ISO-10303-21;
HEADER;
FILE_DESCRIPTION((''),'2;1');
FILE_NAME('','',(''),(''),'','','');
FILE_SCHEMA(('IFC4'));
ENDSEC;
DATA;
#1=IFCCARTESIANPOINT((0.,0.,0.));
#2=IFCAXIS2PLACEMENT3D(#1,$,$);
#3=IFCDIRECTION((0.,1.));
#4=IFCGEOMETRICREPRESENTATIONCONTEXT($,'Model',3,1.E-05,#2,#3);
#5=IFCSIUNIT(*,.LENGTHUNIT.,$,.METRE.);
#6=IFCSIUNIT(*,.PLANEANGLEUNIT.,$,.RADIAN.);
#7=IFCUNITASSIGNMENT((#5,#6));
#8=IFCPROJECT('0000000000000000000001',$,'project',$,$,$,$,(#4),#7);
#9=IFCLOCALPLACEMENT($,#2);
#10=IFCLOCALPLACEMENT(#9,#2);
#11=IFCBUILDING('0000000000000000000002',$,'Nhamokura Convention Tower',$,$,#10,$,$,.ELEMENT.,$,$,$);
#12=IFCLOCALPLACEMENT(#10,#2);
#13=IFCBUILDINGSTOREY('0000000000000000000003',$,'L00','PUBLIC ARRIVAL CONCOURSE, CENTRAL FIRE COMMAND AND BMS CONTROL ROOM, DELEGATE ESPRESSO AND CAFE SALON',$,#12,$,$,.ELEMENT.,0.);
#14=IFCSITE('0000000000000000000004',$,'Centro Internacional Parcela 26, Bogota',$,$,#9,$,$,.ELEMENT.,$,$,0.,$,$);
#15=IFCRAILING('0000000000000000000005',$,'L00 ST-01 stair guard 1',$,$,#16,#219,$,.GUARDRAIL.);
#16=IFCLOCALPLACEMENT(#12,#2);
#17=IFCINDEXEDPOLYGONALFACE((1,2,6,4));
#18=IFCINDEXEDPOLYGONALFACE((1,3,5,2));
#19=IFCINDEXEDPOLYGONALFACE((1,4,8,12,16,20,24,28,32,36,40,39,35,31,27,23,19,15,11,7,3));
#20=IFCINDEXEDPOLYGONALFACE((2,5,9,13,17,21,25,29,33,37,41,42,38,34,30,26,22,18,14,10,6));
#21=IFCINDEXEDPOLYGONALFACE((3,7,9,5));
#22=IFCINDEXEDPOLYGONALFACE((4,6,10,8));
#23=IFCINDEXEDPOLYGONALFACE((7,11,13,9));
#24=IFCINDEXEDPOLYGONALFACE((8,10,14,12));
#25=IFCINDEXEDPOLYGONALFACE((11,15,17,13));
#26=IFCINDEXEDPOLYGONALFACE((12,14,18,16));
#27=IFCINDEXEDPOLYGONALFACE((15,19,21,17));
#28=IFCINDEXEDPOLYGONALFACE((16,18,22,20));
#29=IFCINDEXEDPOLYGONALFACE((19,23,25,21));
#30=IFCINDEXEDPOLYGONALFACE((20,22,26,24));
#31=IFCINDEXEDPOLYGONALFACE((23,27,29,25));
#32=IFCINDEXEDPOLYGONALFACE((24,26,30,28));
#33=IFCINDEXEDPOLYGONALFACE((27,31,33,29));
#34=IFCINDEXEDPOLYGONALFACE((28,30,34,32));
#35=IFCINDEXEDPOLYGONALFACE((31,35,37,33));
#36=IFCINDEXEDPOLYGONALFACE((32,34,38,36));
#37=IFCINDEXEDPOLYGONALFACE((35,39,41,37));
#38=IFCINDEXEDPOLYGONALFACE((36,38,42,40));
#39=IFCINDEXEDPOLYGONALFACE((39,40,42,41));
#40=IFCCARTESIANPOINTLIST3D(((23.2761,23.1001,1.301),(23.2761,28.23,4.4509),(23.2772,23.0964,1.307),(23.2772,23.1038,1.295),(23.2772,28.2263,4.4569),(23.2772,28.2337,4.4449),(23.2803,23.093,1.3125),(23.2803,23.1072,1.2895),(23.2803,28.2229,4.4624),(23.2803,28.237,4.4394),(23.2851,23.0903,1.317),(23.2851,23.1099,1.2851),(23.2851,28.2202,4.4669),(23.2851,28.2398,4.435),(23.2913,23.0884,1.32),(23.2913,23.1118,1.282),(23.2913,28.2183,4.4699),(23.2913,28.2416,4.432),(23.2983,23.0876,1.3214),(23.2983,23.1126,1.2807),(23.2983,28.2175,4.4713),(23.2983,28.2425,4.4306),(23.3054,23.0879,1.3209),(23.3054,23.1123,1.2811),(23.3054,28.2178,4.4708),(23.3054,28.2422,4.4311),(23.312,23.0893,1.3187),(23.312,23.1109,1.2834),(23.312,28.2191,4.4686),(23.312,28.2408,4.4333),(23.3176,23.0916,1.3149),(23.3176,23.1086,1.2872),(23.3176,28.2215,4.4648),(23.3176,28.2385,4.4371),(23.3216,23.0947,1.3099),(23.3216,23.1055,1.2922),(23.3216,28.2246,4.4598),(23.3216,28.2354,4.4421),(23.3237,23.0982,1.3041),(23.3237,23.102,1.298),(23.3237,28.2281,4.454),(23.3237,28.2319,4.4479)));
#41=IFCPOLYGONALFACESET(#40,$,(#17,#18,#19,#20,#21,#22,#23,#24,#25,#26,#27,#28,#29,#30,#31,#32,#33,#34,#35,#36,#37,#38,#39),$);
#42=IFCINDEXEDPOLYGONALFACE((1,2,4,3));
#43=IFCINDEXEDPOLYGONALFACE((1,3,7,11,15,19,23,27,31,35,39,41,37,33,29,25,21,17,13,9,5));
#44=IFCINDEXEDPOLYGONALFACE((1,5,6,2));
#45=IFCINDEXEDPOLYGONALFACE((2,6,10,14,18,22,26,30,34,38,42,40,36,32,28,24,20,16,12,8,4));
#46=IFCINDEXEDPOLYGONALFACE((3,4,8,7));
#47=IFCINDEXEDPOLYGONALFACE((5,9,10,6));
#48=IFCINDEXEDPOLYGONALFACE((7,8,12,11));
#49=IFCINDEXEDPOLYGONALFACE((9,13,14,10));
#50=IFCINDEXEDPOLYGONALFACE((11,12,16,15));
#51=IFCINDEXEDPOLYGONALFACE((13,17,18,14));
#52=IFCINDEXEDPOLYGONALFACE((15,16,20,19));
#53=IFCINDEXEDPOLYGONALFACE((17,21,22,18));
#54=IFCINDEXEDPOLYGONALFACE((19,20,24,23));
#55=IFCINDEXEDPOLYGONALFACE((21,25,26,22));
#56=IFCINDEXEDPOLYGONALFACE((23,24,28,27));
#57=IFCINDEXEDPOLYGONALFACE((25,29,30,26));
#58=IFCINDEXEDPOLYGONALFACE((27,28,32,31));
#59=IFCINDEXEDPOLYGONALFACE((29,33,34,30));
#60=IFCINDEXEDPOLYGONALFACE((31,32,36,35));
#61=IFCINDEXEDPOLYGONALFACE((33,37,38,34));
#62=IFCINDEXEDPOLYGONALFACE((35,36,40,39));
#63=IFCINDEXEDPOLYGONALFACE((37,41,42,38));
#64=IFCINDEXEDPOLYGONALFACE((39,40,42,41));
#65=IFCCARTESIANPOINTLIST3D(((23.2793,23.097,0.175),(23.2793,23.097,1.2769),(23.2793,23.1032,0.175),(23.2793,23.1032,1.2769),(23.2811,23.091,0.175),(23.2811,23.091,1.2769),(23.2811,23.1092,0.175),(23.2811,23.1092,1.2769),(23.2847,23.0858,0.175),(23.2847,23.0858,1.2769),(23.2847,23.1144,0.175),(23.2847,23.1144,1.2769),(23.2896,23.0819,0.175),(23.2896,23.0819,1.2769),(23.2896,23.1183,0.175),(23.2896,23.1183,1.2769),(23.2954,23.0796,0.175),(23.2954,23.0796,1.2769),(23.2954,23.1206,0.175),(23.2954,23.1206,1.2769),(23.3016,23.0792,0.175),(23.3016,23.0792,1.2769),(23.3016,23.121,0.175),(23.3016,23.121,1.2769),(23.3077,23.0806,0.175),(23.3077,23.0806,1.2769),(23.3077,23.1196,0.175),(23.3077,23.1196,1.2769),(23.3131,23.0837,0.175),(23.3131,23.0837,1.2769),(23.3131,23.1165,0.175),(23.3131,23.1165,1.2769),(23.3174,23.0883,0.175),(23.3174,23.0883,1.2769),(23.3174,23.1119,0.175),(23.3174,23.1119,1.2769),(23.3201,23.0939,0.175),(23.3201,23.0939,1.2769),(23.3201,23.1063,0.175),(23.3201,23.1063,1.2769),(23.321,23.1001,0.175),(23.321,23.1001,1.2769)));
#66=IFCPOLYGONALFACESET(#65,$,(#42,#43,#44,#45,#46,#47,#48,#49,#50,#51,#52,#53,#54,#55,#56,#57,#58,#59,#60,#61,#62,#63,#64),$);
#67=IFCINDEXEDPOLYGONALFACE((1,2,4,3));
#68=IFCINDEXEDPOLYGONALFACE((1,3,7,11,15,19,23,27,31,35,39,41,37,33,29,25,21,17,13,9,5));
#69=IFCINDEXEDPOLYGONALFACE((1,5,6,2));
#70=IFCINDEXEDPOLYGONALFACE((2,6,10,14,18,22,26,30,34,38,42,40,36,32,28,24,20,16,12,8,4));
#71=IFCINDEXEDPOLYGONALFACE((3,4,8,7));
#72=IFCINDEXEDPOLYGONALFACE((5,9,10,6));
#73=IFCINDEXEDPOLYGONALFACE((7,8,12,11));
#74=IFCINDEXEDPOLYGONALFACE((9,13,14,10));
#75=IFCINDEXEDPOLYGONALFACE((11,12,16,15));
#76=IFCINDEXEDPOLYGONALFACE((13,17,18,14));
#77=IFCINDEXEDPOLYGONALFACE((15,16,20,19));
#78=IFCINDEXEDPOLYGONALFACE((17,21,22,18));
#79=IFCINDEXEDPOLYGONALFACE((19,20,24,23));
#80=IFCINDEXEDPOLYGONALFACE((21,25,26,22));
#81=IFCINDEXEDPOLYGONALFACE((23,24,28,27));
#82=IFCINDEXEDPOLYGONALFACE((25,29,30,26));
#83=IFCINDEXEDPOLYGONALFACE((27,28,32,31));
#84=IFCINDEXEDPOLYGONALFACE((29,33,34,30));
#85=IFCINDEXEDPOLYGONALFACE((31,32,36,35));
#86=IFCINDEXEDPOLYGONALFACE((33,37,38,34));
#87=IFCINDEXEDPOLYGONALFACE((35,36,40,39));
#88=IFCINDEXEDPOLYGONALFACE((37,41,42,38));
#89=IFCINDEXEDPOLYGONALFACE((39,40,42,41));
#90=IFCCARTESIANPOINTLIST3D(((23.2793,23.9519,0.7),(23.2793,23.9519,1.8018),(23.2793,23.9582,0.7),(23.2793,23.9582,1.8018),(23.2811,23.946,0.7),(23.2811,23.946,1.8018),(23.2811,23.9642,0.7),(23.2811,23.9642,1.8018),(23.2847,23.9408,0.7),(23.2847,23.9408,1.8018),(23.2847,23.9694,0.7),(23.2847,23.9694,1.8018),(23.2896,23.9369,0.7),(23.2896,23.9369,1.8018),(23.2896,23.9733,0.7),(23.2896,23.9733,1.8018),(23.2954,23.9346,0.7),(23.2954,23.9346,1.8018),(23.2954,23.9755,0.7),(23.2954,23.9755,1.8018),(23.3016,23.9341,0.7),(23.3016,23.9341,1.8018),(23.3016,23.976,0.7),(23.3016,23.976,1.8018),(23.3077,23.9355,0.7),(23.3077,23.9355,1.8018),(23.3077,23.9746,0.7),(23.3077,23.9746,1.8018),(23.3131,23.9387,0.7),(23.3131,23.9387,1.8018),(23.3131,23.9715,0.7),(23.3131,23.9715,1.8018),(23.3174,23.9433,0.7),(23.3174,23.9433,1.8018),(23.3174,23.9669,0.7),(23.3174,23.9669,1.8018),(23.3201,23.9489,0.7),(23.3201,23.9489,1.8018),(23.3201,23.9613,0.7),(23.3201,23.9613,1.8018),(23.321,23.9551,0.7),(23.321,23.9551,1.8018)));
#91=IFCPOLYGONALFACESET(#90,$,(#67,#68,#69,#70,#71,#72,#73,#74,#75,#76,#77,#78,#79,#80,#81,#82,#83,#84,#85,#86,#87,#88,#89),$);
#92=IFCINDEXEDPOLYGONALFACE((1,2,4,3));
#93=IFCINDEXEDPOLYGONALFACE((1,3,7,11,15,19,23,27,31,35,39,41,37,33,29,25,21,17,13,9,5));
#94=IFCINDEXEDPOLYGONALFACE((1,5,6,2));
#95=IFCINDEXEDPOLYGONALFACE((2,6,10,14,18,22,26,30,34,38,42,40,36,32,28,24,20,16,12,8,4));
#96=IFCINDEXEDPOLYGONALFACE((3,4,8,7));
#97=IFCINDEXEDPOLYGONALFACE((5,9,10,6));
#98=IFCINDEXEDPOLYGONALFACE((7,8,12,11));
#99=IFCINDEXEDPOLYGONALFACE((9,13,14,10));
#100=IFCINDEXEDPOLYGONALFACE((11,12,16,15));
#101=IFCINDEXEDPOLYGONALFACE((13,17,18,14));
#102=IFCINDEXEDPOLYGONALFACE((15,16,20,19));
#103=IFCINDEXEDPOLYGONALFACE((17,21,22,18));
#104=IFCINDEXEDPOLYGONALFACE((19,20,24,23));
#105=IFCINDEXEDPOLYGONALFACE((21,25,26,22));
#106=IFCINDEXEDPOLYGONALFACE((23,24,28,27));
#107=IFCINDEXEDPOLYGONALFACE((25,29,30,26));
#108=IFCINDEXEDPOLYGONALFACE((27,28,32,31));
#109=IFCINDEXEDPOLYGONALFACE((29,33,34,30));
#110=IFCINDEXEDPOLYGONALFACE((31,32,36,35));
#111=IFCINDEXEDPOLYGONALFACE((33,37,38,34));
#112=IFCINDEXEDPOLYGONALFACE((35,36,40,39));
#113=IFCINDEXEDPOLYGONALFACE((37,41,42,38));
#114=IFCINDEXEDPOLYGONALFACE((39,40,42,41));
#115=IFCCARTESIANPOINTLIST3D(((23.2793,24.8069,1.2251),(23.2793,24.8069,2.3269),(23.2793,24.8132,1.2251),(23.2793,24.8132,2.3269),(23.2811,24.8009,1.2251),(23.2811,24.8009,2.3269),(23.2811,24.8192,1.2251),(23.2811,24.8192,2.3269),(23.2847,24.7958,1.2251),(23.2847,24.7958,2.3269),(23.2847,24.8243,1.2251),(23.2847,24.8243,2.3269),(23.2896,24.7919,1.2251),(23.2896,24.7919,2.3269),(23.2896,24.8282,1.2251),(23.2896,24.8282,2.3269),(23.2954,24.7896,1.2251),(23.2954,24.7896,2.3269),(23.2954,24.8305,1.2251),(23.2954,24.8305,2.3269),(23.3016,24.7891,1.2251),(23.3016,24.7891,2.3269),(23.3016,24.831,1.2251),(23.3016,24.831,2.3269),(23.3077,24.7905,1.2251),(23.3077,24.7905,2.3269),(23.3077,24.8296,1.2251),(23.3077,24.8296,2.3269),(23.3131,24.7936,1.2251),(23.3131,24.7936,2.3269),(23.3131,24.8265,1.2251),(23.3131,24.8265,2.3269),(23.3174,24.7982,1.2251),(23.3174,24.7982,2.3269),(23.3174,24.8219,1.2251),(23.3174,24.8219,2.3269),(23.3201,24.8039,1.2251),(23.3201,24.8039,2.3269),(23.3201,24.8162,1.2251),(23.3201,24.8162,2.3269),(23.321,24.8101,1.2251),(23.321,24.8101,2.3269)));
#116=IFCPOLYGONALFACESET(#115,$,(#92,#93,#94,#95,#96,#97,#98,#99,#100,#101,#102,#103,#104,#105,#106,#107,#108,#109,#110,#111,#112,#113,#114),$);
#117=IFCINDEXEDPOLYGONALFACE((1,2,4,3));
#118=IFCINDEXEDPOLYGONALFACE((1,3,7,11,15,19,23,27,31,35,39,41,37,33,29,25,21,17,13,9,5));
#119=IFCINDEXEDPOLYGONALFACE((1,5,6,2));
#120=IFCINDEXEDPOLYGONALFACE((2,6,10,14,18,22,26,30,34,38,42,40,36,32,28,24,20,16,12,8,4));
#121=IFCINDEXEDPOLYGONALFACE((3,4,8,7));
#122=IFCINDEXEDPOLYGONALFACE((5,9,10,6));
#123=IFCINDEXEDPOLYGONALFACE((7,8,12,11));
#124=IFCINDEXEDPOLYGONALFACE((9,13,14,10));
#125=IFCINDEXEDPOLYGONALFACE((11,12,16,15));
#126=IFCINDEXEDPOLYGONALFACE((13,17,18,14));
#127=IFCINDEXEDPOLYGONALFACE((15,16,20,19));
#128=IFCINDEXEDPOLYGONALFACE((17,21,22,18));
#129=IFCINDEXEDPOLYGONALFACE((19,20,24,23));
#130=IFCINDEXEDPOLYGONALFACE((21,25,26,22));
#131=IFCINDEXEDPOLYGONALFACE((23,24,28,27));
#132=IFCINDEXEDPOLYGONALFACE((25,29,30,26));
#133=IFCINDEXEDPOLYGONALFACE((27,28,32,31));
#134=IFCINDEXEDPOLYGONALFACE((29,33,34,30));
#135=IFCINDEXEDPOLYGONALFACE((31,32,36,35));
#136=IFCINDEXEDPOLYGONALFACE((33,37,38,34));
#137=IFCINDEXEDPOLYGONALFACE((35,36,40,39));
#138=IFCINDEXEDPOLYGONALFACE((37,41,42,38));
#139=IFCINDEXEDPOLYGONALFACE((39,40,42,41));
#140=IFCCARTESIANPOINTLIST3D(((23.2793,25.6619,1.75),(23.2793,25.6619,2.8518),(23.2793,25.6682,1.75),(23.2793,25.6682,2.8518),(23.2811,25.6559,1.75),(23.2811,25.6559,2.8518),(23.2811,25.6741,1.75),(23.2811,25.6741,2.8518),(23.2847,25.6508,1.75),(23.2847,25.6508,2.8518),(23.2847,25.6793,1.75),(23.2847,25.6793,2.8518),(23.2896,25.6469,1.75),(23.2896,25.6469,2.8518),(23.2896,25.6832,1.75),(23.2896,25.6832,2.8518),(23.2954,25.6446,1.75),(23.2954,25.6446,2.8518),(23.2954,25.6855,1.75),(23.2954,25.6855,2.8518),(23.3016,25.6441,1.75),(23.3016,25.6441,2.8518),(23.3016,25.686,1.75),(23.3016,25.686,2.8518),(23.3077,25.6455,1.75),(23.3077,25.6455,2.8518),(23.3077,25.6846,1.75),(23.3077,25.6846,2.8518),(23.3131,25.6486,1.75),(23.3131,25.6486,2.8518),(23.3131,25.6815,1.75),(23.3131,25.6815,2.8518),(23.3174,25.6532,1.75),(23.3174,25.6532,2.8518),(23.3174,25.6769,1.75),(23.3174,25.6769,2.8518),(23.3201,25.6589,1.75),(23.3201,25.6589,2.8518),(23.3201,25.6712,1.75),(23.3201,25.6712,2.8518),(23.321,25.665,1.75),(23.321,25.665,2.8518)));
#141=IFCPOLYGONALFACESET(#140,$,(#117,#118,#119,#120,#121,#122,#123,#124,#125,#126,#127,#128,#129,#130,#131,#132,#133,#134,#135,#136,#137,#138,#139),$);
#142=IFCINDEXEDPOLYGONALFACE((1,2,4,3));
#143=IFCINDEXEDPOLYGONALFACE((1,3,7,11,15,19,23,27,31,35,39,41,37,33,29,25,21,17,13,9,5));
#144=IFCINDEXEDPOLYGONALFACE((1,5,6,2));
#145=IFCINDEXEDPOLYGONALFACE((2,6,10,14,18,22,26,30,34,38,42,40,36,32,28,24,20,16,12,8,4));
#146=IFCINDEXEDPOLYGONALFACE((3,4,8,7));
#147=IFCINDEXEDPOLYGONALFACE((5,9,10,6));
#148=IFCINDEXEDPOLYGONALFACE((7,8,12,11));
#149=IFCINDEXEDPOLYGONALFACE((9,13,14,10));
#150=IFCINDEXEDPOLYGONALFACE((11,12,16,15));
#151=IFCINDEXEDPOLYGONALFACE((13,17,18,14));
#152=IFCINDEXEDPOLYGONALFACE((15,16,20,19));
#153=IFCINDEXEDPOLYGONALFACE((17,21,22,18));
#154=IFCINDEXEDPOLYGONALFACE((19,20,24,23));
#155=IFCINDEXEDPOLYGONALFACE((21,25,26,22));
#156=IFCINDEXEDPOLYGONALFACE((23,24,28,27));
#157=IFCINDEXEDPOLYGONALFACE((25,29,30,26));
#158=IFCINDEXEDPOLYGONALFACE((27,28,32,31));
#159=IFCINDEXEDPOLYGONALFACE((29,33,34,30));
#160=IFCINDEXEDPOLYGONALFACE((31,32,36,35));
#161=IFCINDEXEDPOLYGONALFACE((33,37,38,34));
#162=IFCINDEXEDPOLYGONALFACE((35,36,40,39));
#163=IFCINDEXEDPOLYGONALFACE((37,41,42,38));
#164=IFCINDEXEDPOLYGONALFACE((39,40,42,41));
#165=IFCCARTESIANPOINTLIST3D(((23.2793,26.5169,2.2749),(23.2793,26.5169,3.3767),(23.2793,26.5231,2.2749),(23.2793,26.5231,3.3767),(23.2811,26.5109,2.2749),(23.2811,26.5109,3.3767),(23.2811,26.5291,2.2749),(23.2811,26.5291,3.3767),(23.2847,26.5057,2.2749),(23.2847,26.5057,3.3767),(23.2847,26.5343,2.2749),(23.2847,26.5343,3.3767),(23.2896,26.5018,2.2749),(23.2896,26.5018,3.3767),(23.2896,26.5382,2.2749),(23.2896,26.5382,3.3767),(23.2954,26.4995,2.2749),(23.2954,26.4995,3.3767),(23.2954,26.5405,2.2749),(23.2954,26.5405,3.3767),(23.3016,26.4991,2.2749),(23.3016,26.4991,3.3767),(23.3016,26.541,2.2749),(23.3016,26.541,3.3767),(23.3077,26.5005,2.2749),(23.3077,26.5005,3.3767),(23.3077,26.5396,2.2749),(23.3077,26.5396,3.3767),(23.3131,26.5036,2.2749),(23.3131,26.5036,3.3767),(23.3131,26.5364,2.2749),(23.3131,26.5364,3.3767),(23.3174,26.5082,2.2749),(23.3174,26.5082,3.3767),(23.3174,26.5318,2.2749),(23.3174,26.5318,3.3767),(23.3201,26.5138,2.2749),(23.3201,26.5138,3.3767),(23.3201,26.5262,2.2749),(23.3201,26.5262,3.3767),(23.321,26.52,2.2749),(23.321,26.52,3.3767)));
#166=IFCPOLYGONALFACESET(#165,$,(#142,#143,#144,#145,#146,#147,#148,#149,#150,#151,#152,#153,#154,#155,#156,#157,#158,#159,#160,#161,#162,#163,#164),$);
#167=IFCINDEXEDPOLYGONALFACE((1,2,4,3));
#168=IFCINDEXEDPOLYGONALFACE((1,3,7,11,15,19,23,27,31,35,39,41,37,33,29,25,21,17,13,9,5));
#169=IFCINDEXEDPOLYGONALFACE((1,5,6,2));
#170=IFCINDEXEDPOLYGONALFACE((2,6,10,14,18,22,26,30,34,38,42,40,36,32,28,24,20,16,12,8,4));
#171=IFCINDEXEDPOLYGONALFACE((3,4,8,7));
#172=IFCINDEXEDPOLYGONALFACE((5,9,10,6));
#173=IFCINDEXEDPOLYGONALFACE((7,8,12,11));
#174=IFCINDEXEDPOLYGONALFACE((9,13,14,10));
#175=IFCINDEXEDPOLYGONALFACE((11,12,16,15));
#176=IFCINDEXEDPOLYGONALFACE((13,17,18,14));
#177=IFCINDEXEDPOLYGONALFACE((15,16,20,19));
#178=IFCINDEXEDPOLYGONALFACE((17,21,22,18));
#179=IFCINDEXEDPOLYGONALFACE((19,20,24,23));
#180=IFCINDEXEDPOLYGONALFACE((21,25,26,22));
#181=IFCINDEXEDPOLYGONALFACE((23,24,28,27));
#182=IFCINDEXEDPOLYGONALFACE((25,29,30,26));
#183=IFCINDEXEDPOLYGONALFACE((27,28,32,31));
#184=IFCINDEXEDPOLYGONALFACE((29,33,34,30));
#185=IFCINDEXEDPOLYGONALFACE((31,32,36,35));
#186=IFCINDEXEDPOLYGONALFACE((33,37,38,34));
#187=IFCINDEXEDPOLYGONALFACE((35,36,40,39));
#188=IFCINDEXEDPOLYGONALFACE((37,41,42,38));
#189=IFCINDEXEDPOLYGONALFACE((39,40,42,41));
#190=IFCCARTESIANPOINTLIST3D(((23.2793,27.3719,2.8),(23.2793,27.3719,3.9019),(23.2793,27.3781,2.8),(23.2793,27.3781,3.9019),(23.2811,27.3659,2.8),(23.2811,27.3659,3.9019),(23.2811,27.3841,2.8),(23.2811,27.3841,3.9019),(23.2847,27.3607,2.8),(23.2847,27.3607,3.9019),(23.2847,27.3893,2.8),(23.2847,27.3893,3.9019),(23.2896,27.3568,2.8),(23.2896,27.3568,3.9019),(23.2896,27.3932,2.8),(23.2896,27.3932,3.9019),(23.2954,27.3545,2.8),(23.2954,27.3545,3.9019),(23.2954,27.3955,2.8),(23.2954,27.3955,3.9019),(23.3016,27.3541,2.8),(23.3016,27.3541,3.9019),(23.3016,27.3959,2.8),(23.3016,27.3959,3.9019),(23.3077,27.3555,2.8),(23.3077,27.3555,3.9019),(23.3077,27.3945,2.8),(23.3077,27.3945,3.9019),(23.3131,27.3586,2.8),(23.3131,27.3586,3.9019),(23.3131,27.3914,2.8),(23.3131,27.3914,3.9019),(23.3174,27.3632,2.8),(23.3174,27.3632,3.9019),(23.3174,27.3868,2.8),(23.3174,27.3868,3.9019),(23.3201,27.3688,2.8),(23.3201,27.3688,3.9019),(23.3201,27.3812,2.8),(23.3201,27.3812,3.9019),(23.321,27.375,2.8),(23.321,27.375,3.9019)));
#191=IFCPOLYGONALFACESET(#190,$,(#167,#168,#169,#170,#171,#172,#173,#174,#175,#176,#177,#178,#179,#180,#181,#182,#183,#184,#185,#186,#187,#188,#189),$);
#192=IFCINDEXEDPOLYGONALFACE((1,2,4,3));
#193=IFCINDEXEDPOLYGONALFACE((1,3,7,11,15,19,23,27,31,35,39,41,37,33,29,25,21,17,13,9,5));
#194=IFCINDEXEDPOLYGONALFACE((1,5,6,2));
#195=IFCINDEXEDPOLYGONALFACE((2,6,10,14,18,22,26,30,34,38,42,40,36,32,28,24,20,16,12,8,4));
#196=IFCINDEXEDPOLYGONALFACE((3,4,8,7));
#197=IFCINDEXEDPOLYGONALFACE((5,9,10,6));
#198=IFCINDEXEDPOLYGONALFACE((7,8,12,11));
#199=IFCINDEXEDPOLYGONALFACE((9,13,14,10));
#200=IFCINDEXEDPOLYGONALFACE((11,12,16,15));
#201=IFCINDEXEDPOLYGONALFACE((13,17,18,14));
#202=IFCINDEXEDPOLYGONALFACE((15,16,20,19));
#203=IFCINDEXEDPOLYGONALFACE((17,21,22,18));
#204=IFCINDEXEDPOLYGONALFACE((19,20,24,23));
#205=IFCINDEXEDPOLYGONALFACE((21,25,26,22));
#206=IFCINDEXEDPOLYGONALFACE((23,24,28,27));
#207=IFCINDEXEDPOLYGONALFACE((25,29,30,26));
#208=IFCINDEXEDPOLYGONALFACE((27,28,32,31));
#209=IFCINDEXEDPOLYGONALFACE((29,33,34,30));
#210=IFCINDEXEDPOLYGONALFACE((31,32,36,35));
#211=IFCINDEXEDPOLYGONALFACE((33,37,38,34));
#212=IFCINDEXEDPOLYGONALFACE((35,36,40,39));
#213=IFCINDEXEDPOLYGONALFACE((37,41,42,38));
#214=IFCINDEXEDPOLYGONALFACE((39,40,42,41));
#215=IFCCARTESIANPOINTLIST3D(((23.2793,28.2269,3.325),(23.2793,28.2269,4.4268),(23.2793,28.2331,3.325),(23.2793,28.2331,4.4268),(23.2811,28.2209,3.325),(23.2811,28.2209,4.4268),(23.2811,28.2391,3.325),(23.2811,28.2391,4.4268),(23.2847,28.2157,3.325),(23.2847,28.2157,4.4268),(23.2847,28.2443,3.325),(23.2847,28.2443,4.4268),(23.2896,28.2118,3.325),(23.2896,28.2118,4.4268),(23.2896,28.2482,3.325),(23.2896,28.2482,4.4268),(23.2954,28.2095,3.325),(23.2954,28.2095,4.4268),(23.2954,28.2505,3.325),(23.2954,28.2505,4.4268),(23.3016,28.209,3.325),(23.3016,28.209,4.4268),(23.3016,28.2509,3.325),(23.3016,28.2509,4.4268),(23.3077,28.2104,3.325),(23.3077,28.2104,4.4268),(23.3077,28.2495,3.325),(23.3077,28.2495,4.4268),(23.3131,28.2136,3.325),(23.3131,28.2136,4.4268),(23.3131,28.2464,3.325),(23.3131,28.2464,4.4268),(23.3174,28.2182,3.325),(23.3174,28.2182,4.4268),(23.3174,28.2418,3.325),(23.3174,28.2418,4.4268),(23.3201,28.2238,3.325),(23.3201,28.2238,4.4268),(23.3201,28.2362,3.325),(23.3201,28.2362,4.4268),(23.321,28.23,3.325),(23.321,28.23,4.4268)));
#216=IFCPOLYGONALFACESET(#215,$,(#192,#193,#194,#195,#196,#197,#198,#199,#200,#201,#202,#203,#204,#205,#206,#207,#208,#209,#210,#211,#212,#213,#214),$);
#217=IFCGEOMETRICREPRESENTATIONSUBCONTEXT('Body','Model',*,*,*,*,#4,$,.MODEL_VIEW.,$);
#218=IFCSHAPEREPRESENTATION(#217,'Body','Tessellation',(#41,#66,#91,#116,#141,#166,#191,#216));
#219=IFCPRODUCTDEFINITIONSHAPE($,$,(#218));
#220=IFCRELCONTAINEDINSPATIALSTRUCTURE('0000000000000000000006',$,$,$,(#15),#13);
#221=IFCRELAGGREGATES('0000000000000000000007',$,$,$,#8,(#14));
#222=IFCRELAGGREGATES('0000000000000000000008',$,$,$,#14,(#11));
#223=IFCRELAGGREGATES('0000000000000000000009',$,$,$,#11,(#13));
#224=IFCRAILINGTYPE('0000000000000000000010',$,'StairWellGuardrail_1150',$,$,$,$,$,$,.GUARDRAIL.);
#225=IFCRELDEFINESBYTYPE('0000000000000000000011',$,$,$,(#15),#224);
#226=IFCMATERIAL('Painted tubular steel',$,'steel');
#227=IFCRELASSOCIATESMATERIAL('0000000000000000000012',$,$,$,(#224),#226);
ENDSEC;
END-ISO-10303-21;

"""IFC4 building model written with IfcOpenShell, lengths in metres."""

from ifc_helpers import new_model, si_unit, direction, frame, origin, origin_2d, place, context, subcontext, project, spatial, circle, extrude, material, type_object, element, save


model = new_model("IFC4")

# Units and contexts
model_context = context("Model", 3, precision=1e-05, world=origin(), true_north=direction((0.0, 1.0)))
body_context = subcontext(model_context, "Body", "Model", "MODEL_VIEW")
ifc_project = project(units=[si_unit("LENGTHUNIT", "METRE"), si_unit("PLANEANGLEUNIT", "RADIAN")], contexts=[model_context])

# Site, building, storey
site_placement = place(None, origin())
site = spatial("IfcSite", under=ifc_project, at=site_placement, Name="Centro Internacional Parcela 26, Bogota", CompositionType="ELEMENT", RefElevation=0.0)
building_placement = place(site_placement, origin())
building = spatial("IfcBuilding", under=site, at=building_placement, Name="Nhamokura Convention Tower", CompositionType="ELEMENT")
storey_placement = place(building_placement, origin())
storey = spatial("IfcBuildingStorey", under=building, at=storey_placement, Name="L00", Description="PUBLIC ARRIVAL CONCOURSE, CENTRAL FIRE COMMAND AND BMS CONTROL ROOM, DELEGATE ESPRESSO AND CAFE SALON", CompositionType="ELEMENT", Elevation=0.0)

# Railing
ifc_material_1 = material(Name="Painted tubular steel", Category="steel")
railing_type_1 = type_object("IfcRailingType", Name="StairWellGuardrail_1150", PredefinedType="GUARDRAIL", material=ifc_material_1)
railing_1_placement = place(storey_placement, frame((23.3, 23.1001, 0.175)))
element("IfcRailing", 1, at=railing_1_placement, inside=storey, type_object=railing_type_1, Name="L00 ST-01 stair guard 1", PredefinedType="GUARDRAIL", context=body_context, shape_type="SweptSolid", body=[
    extrude(circle(Radius=0.0239, at=origin_2d()), frame((0.0, 0.0, 1.126), z_axis=(0.0, 0.852173, 0.52326), x_axis=(-1.0, 0.0, 0.0)), (0.0, 0.0, 1.0), 6.0198),
    extrude(circle(Radius=0.021, at=origin_2d()), origin(), (0.0, 0.0, 1.0), 1.1018),
    extrude(circle(Radius=0.021, at=origin_2d()), frame((0.0, 0.855, 0.5249)), (0.0, 0.0, 1.0), 1.1018),
    extrude(circle(Radius=0.021, at=origin_2d()), frame((0.0, 1.71, 1.05)), (0.0, 0.0, 1.0), 1.1018),
    extrude(circle(Radius=0.021, at=origin_2d()), frame((0.0, 2.5649, 1.575)), (0.0, 0.0, 1.0), 1.1018),
    extrude(circle(Radius=0.021, at=origin_2d()), frame((0.0, 3.4199, 2.0999)), (0.0, 0.0, 1.0), 1.1018),
    extrude(circle(Radius=0.021, at=origin_2d()), frame((0.0, 4.2749, 2.625)), (0.0, 0.0, 1.0), 1.1018),
    extrude(circle(Radius=0.021, at=origin_2d()), frame((0.0, 5.1299, 3.1499)), (0.0, 0.0, 1.0), 1.1018),
])

save(model, "model.ifc")
